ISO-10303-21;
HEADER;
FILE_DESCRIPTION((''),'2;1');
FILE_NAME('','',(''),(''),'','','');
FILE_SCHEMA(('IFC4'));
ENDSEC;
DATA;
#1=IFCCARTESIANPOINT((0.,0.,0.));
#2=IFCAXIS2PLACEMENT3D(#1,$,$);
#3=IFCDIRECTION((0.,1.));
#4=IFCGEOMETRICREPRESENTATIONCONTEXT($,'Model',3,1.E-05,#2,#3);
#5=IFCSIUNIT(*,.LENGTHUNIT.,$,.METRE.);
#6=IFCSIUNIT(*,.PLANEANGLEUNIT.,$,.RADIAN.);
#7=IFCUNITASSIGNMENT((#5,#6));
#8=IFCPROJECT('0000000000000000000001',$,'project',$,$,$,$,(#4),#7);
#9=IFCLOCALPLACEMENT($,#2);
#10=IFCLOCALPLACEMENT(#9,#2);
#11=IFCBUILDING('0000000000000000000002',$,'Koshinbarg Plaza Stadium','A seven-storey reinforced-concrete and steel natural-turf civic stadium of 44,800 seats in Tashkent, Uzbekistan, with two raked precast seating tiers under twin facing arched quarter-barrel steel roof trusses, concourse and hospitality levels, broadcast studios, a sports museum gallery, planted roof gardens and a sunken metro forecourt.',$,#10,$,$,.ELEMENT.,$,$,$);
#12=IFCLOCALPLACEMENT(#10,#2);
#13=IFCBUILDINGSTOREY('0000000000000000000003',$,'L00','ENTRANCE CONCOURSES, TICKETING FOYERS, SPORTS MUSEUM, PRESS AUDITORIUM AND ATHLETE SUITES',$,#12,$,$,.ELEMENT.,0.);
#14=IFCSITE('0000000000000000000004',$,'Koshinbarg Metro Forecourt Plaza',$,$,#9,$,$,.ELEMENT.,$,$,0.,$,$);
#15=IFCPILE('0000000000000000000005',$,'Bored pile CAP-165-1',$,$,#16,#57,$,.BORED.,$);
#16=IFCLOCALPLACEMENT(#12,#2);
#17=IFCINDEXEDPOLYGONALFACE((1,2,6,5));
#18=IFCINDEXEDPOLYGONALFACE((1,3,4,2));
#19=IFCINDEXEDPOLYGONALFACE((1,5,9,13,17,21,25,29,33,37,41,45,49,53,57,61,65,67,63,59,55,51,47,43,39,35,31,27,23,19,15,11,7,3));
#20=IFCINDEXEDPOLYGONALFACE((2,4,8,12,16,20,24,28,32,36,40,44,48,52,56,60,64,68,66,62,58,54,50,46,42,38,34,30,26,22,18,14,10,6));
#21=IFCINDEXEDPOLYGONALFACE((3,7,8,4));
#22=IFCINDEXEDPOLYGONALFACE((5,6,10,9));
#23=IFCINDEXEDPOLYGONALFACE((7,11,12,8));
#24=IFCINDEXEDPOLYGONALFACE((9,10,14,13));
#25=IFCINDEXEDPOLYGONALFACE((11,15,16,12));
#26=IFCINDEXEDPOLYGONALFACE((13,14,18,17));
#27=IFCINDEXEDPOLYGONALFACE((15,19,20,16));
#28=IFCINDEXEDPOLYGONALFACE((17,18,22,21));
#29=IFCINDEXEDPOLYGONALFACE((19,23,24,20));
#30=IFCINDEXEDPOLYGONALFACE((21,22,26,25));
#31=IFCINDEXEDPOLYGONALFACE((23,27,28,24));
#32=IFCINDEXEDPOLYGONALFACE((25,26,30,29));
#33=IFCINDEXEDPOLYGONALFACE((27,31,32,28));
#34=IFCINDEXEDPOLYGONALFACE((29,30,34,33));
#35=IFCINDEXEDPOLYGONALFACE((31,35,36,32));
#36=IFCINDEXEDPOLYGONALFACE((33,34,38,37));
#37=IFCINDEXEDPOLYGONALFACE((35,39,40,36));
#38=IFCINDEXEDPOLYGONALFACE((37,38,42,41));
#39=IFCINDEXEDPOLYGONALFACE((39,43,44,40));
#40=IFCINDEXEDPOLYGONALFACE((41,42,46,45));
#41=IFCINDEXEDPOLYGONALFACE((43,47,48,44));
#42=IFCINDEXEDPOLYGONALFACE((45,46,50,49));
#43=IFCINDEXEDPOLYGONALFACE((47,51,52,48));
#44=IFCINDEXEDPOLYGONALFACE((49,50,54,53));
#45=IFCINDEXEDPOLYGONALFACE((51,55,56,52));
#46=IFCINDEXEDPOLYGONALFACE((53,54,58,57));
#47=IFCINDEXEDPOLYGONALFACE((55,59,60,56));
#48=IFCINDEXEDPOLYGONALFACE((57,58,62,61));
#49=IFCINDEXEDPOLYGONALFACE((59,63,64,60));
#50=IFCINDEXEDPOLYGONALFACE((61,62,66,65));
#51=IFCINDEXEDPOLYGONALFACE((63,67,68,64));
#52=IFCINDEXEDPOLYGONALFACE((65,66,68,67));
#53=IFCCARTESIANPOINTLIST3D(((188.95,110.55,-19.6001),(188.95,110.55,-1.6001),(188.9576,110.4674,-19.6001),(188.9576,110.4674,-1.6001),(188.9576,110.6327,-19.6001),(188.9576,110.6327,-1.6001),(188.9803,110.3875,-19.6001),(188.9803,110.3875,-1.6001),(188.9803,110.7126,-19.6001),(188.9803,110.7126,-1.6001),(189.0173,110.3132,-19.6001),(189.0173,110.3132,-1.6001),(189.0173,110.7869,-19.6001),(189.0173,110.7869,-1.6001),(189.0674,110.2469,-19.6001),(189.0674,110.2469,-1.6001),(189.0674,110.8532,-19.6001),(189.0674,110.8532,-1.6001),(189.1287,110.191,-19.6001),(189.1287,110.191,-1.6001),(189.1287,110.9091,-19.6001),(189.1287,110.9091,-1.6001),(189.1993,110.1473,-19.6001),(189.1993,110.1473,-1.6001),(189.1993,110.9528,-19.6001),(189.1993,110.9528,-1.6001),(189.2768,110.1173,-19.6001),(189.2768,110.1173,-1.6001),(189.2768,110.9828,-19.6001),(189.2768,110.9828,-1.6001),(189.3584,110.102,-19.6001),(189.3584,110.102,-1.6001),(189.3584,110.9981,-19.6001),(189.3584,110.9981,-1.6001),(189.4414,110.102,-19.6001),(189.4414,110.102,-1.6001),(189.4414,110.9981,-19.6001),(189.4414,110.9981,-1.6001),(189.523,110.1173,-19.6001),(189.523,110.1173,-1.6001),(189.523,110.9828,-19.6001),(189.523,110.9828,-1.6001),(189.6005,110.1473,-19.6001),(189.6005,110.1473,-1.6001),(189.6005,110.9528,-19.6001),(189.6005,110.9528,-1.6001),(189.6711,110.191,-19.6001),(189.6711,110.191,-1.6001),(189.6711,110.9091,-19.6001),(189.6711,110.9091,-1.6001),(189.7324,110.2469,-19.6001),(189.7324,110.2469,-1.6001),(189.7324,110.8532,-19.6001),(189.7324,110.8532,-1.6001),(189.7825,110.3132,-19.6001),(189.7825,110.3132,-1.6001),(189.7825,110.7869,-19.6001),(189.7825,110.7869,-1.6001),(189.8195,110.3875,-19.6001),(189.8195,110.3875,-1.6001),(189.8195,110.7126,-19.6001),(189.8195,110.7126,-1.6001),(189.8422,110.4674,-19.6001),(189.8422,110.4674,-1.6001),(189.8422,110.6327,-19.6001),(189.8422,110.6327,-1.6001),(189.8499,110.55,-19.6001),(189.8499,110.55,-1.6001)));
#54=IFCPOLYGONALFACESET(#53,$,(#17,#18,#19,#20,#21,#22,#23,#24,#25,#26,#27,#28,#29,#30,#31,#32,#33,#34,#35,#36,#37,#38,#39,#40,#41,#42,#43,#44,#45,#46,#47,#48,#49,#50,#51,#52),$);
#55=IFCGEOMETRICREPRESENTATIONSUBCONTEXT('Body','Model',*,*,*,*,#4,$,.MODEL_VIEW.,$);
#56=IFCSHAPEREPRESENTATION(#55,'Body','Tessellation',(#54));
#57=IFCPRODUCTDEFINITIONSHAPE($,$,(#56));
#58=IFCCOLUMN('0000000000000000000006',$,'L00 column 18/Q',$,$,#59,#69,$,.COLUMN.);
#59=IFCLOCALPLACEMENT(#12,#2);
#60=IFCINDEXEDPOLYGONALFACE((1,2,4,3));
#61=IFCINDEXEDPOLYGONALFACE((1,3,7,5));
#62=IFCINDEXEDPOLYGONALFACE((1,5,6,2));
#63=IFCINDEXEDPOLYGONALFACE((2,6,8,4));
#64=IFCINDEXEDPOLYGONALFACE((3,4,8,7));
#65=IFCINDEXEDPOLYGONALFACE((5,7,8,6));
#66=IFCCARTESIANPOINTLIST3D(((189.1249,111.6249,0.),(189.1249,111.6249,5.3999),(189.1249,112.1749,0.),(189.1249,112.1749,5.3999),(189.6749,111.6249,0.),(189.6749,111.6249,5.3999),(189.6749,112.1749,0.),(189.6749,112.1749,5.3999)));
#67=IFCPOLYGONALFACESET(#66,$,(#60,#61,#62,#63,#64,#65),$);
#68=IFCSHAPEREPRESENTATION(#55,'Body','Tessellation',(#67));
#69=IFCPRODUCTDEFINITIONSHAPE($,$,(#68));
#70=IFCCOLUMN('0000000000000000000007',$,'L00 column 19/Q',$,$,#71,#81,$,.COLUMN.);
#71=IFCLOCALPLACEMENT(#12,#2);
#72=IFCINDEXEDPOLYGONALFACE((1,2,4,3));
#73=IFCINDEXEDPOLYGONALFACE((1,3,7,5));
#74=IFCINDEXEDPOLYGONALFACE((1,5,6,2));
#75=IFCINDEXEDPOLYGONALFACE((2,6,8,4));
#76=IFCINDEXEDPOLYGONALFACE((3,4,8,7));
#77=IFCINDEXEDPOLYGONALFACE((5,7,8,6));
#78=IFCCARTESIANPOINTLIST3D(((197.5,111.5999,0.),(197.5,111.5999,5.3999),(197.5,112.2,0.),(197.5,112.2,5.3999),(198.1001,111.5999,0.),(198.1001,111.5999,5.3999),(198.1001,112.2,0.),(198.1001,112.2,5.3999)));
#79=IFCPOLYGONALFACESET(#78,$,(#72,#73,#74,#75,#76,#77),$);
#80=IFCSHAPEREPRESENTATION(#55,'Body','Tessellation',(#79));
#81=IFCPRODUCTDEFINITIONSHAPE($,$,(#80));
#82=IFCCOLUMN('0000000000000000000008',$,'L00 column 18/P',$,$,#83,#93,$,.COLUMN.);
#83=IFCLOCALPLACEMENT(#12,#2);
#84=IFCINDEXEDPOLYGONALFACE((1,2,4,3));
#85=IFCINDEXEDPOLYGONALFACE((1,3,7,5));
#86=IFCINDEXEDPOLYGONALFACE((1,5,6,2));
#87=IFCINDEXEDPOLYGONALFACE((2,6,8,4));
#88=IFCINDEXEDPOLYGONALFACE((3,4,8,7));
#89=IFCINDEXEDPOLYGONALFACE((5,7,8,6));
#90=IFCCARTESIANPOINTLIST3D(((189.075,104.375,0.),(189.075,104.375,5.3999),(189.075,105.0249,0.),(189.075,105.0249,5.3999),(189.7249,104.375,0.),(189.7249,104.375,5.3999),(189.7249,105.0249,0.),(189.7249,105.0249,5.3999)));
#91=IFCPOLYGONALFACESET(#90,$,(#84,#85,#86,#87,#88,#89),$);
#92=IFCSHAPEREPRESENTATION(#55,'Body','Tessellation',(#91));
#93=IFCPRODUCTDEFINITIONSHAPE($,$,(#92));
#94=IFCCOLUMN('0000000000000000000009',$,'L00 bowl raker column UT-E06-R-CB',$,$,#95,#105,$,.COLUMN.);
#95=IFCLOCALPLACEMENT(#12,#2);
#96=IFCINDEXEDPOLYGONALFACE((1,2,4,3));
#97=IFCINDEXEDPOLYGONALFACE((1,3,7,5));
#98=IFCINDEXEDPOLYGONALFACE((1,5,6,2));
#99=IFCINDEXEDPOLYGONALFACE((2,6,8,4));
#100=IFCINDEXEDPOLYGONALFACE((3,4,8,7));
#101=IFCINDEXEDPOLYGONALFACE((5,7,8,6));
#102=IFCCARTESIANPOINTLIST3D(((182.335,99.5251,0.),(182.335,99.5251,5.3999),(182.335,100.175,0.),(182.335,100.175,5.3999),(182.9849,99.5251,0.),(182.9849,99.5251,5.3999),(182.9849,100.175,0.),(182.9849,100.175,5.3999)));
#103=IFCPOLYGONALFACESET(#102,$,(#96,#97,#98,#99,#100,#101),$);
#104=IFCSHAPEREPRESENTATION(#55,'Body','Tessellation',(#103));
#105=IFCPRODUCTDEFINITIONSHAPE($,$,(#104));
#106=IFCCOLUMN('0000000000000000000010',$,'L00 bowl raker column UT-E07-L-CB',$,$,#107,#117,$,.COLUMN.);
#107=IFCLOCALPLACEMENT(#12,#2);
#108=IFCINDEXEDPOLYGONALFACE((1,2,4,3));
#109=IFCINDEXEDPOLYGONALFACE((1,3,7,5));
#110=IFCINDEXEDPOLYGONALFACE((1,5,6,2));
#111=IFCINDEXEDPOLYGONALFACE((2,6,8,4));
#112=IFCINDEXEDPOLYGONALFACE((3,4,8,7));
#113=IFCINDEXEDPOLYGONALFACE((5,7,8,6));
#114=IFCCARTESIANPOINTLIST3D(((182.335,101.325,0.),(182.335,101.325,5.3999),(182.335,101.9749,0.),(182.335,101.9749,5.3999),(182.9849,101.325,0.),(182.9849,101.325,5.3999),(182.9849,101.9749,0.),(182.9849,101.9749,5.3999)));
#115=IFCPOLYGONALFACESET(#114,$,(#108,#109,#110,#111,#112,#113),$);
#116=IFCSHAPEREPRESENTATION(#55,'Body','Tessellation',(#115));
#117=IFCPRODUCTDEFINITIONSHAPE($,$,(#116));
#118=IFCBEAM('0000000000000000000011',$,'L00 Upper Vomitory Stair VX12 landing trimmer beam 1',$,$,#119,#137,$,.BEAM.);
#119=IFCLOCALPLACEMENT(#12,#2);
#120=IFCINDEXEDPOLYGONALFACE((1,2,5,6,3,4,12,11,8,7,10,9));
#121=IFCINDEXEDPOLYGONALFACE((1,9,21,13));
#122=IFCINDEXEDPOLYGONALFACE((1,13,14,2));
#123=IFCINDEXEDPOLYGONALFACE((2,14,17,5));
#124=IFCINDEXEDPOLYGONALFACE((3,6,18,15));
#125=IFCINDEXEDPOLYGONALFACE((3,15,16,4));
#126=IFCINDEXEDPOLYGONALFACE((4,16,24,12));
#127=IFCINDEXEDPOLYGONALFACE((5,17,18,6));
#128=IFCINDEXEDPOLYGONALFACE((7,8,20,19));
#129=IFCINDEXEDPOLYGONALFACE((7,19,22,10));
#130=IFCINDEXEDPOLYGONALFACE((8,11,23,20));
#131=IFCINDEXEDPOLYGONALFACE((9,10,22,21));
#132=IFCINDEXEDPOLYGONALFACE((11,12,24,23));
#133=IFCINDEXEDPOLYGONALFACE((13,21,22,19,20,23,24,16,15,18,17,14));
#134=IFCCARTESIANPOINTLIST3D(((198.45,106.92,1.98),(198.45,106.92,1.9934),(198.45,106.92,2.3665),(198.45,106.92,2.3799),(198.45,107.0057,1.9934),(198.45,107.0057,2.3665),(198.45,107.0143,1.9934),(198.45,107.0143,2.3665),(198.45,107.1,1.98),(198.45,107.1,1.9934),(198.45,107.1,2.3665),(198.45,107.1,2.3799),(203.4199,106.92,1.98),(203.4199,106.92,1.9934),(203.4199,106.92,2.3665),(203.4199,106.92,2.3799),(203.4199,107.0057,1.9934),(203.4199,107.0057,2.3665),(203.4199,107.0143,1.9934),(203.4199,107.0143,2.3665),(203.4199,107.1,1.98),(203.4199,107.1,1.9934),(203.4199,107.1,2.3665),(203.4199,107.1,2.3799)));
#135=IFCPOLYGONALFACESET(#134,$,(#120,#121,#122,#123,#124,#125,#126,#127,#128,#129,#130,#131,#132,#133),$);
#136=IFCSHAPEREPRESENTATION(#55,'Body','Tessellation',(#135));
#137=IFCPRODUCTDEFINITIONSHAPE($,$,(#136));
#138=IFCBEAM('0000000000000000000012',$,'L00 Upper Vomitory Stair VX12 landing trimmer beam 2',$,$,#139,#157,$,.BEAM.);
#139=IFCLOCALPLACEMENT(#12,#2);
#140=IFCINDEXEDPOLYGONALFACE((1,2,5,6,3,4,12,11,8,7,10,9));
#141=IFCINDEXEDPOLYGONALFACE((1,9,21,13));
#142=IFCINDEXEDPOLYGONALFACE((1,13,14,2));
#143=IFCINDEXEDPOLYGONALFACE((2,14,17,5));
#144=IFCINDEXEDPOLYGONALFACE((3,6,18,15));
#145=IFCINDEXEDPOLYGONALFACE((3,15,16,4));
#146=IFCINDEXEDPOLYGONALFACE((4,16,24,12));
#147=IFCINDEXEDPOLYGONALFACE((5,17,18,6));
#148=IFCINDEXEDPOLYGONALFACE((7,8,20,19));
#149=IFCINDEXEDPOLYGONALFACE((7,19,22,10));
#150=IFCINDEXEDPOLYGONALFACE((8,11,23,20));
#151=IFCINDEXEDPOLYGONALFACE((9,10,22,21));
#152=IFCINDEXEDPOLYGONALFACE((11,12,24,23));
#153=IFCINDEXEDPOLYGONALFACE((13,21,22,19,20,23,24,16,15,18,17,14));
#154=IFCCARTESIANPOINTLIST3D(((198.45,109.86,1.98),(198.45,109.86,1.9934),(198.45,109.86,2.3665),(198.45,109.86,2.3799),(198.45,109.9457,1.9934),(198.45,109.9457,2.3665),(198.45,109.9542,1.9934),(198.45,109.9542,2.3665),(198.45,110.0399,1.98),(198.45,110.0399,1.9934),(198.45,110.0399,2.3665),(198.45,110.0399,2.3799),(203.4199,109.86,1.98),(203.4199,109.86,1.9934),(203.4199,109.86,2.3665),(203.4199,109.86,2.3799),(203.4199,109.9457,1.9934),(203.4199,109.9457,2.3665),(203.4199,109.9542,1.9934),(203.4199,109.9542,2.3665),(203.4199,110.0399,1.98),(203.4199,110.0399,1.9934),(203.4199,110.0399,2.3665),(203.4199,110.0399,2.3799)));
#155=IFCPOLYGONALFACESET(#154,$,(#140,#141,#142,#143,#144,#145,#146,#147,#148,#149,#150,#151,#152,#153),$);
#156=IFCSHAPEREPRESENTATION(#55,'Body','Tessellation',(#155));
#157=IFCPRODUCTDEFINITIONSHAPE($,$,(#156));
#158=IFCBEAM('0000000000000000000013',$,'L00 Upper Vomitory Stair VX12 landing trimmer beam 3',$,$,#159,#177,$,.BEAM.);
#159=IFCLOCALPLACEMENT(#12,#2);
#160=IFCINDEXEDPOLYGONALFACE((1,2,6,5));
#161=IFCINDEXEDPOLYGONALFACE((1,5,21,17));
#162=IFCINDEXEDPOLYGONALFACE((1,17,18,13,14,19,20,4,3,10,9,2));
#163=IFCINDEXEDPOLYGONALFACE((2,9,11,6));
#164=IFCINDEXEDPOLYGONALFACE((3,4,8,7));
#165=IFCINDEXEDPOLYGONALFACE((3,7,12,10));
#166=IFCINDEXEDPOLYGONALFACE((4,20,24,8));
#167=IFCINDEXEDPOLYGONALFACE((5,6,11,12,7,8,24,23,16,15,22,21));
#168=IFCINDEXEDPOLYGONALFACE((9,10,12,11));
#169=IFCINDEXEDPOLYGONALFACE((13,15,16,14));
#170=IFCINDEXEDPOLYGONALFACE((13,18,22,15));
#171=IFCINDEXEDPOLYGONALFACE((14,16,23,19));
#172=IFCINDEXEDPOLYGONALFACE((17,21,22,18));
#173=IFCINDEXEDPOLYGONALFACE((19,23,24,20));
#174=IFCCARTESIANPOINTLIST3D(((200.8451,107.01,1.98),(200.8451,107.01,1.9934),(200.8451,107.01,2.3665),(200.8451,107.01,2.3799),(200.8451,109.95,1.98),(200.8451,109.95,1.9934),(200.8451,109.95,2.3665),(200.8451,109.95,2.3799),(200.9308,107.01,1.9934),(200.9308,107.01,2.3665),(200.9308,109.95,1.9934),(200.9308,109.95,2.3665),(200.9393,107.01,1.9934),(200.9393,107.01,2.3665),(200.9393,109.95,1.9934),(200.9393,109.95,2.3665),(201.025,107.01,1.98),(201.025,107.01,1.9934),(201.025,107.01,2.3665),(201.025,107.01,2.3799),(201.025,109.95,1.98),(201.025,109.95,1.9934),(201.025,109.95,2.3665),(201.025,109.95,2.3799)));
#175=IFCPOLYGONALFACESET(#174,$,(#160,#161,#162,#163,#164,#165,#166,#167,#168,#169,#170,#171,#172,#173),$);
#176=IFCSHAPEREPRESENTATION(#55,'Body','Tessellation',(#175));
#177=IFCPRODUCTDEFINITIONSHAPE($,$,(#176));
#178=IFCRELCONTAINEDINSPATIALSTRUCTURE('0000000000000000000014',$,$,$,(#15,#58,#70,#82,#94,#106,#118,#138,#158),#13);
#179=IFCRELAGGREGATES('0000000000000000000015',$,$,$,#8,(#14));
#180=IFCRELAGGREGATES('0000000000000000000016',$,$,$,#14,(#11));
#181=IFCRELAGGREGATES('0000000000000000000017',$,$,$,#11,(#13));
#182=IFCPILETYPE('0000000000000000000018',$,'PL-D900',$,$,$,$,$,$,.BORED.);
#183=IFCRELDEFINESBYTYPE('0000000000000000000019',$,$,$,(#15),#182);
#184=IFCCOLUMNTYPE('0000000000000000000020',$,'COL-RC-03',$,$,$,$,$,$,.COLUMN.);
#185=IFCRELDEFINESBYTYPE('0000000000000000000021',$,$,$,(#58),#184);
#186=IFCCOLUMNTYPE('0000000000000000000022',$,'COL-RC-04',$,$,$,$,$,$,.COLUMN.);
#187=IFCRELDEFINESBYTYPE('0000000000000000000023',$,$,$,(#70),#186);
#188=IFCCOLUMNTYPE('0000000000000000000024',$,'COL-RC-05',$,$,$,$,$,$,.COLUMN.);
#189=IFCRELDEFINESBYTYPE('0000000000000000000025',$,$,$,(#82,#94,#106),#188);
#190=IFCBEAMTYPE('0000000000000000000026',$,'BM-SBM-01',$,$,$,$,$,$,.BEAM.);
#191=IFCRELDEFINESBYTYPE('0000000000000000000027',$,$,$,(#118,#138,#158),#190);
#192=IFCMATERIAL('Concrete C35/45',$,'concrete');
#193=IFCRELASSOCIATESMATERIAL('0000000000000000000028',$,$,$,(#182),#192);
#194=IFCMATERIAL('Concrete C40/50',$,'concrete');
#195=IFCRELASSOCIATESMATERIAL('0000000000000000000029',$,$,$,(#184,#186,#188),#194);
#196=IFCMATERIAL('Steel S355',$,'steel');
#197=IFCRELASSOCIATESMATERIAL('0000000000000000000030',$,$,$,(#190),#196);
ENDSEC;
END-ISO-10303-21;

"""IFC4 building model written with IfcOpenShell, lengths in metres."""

from ifc_helpers import new_model, si_unit, direction, frame, origin, origin_2d, place, context, subcontext, project, spatial, rectangle, circle, i_section, extrude, material, material_profile, profile_set, type_object, element, save


model = new_model("IFC4")

# Units and contexts
model_context = context("Model", 3, precision=1e-05, world=origin(), true_north=direction((0.0, 1.0)))
body_context = subcontext(model_context, "Body", "Model", "MODEL_VIEW")
ifc_project = project(units=[si_unit("LENGTHUNIT", "METRE"), si_unit("PLANEANGLEUNIT", "RADIAN")], contexts=[model_context])

# Site, building, storey
site_placement = place(None, origin())
site = spatial("IfcSite", under=ifc_project, at=site_placement, Name="Koshinbarg Metro Forecourt Plaza", CompositionType="ELEMENT", RefElevation=0.0)
building_placement = place(site_placement, origin())
building = spatial("IfcBuilding", under=site, at=building_placement, Name="Koshinbarg Plaza Stadium", Description="A seven-storey reinforced-concrete and steel natural-turf civic stadium of 44,800 seats in Tashkent, Uzbekistan, with two raked precast seating tiers under twin facing arched quarter-barrel steel roof trusses, concourse and hospitality levels, broadcast studios, a sports museum gallery, planted roof gardens and a sunken metro forecourt.", CompositionType="ELEMENT")
storey_placement = place(building_placement, origin())
storey = spatial("IfcBuildingStorey", under=building, at=storey_placement, Name="L00", Description="ENTRANCE CONCOURSES, TICKETING FOYERS, SPORTS MUSEUM, PRESS AUDITORIUM AND ATHLETE SUITES", CompositionType="ELEMENT", Elevation=0.0)

# Shared definitions
ifc_material_1 = material(Name="Concrete C35/45", Category="concrete")

# Pile
ifc_material_profile_1 = material_profile(ifc_material_1, circle(Radius=0.45, at=origin_2d()), Name="PILE D900")
ifc_profile_set_1 = profile_set([ifc_material_profile_1], Name="Concrete C35/45")
pile_type_1 = type_object("IfcPileType", Name="PL-D900", PredefinedType="BORED", material=ifc_profile_set_1)
pile_placement = place(storey_placement, frame((189.3999, 110.55, -1.6001), z_axis=(0.0, 0.0, -1.0), x_axis=(1.0, 0.0, 0.0)))
element("IfcPile", 1, at=pile_placement, inside=storey, type_object=pile_type_1, Name="Bored pile CAP-165-1", PredefinedType="BORED", context=body_context, shape_type="SweptSolid", body=[
    extrude(circle(Radius=0.45, at=origin_2d()), origin(), (0.0, 0.0, 1.0), 18.0),
])

# Columns
ifc_material_2 = material(Name="Concrete C40/50", Category="concrete")
ifc_material_profile_2 = material_profile(ifc_material_2, rectangle(XDim=0.55, YDim=0.55, at=origin_2d()), Name="RC 550x550")
ifc_profile_set_2 = profile_set([ifc_material_profile_2], Name="Concrete C40/50")
column_type_1 = type_object("IfcColumnType", Name="COL-RC-03", PredefinedType="COLUMN", material=ifc_profile_set_2)
column_1_placement = place(storey_placement, frame((189.3999, 111.8999, 0.0), z_axis=(0.0, 0.0, 1.0), x_axis=(1.0, 0.0, 0.0)))
element("IfcColumn", 2, at=column_1_placement, inside=storey, type_object=column_type_1, Name="L00 column 18/Q", PredefinedType="COLUMN", context=body_context, shape_type="SweptSolid", body=[
    extrude(rectangle(XDim=0.55, YDim=0.55, at=origin_2d()), origin(), (0.0, 0.0, 1.0), 5.3999),
])
ifc_material_profile_3 = material_profile(ifc_material_2, rectangle(XDim=0.6001, YDim=0.6001, at=origin_2d()), Name="RC 600x600")
ifc_profile_set_3 = profile_set([ifc_material_profile_3], Name="Concrete C40/50")
column_type_2 = type_object("IfcColumnType", Name="COL-RC-04", PredefinedType="COLUMN", material=ifc_profile_set_3)
column_2_placement = place(storey_placement, frame((197.8, 111.8999, 0.0), z_axis=(0.0, 0.0, 1.0), x_axis=(1.0, 0.0, 0.0)))
element("IfcColumn", 3, at=column_2_placement, inside=storey, type_object=column_type_2, Name="L00 column 19/Q", PredefinedType="COLUMN", context=body_context, shape_type="SweptSolid", body=[
    extrude(rectangle(XDim=0.6001, YDim=0.6001, at=origin_2d()), origin(), (0.0, 0.0, 1.0), 5.3999),
])
ifc_material_profile_4 = material_profile(ifc_material_2, rectangle(XDim=0.6499, YDim=0.6499, at=origin_2d()), Name="RC 650x650")
ifc_profile_set_4 = profile_set([ifc_material_profile_4], Name="Concrete C40/50")
column_type_3 = type_object("IfcColumnType", Name="COL-RC-05", PredefinedType="COLUMN", material=ifc_profile_set_4)
for number, where, z_axis, x_axis, name in (
    (4, (189.3999, 104.7, 0.0), (0.0, 0.0, 1.0), (1.0, 0.0, 0.0), "L00 column 18/P"),
    (5, (182.6599, 99.8501, 0.0), (0.0, 0.0, 1.0), (1.0, 0.0, 0.0), "L00 bowl raker column UT-E06-R-CB"),
    (6, (182.6599, 101.6499, 0.0), (0.0, 0.0, 1.0), (1.0, 0.0, 0.0), "L00 bowl raker column UT-E07-L-CB"),
):
    element("IfcColumn", number, at=place(storey_placement, frame(where, z_axis=z_axis, x_axis=x_axis)), inside=storey, type_object=column_type_3, Name=name, PredefinedType="COLUMN", context=body_context, shape_type="SweptSolid", body=[
        extrude(rectangle(XDim=0.6499, YDim=0.6499, at=origin_2d()), origin(), (0.0, 0.0, 1.0), 5.3999),
    ])

# Beams
ifc_material_3 = material(Name="Steel S355", Category="steel")
ifc_material_profile_5 = material_profile(ifc_material_3, i_section(OverallWidth=0.1799, OverallDepth=0.3999, WebThickness=0.0085, FlangeThickness=0.0134, at=origin_2d()), Name="IPE 400")
ifc_profile_set_5 = profile_set([ifc_material_profile_5], Name="Steel S355")
beam_type = type_object("IfcBeamType", Name="BM-SBM-01", PredefinedType="BEAM", material=ifc_profile_set_5)
for number, where, z_axis, x_axis, name in (
    (7, (198.45, 107.01, 2.1799), (1.0, 0.0, 0.0), (0.0, 1.0, 0.0), "L00 Upper Vomitory Stair VX12 landing trimmer beam 1"),
    (8, (198.45, 109.95, 2.1799), (1.0, 0.0, 0.0), (0.0, 1.0, 0.0), "L00 Upper Vomitory Stair VX12 landing trimmer beam 2"),
):
    element("IfcBeam", number, at=place(storey_placement, frame(where, z_axis=z_axis, x_axis=x_axis)), inside=storey, type_object=beam_type, Name=name, PredefinedType="BEAM", context=body_context, shape_type="SweptSolid", body=[
        extrude(i_section(OverallWidth=0.1799, OverallDepth=0.3999, WebThickness=0.0085, FlangeThickness=0.0134, at=origin_2d()), origin(), (0.0, 0.0, 1.0), 4.97),
    ])
beam_placement = place(storey_placement, frame((200.9351, 107.01, 2.1799), z_axis=(0.0, 1.0, 0.0), x_axis=(-1.0, 0.0, 0.0)))
element("IfcBeam", 9, at=beam_placement, inside=storey, type_object=beam_type, Name="L00 Upper Vomitory Stair VX12 landing trimmer beam 3", PredefinedType="BEAM", context=body_context, shape_type="SweptSolid", body=[
    extrude(i_section(OverallWidth=0.1799, OverallDepth=0.3999, WebThickness=0.0085, FlangeThickness=0.0134, at=origin_2d()), origin(), (0.0, 0.0, 1.0), 2.9399),
])

save(model, "model.ifc")
